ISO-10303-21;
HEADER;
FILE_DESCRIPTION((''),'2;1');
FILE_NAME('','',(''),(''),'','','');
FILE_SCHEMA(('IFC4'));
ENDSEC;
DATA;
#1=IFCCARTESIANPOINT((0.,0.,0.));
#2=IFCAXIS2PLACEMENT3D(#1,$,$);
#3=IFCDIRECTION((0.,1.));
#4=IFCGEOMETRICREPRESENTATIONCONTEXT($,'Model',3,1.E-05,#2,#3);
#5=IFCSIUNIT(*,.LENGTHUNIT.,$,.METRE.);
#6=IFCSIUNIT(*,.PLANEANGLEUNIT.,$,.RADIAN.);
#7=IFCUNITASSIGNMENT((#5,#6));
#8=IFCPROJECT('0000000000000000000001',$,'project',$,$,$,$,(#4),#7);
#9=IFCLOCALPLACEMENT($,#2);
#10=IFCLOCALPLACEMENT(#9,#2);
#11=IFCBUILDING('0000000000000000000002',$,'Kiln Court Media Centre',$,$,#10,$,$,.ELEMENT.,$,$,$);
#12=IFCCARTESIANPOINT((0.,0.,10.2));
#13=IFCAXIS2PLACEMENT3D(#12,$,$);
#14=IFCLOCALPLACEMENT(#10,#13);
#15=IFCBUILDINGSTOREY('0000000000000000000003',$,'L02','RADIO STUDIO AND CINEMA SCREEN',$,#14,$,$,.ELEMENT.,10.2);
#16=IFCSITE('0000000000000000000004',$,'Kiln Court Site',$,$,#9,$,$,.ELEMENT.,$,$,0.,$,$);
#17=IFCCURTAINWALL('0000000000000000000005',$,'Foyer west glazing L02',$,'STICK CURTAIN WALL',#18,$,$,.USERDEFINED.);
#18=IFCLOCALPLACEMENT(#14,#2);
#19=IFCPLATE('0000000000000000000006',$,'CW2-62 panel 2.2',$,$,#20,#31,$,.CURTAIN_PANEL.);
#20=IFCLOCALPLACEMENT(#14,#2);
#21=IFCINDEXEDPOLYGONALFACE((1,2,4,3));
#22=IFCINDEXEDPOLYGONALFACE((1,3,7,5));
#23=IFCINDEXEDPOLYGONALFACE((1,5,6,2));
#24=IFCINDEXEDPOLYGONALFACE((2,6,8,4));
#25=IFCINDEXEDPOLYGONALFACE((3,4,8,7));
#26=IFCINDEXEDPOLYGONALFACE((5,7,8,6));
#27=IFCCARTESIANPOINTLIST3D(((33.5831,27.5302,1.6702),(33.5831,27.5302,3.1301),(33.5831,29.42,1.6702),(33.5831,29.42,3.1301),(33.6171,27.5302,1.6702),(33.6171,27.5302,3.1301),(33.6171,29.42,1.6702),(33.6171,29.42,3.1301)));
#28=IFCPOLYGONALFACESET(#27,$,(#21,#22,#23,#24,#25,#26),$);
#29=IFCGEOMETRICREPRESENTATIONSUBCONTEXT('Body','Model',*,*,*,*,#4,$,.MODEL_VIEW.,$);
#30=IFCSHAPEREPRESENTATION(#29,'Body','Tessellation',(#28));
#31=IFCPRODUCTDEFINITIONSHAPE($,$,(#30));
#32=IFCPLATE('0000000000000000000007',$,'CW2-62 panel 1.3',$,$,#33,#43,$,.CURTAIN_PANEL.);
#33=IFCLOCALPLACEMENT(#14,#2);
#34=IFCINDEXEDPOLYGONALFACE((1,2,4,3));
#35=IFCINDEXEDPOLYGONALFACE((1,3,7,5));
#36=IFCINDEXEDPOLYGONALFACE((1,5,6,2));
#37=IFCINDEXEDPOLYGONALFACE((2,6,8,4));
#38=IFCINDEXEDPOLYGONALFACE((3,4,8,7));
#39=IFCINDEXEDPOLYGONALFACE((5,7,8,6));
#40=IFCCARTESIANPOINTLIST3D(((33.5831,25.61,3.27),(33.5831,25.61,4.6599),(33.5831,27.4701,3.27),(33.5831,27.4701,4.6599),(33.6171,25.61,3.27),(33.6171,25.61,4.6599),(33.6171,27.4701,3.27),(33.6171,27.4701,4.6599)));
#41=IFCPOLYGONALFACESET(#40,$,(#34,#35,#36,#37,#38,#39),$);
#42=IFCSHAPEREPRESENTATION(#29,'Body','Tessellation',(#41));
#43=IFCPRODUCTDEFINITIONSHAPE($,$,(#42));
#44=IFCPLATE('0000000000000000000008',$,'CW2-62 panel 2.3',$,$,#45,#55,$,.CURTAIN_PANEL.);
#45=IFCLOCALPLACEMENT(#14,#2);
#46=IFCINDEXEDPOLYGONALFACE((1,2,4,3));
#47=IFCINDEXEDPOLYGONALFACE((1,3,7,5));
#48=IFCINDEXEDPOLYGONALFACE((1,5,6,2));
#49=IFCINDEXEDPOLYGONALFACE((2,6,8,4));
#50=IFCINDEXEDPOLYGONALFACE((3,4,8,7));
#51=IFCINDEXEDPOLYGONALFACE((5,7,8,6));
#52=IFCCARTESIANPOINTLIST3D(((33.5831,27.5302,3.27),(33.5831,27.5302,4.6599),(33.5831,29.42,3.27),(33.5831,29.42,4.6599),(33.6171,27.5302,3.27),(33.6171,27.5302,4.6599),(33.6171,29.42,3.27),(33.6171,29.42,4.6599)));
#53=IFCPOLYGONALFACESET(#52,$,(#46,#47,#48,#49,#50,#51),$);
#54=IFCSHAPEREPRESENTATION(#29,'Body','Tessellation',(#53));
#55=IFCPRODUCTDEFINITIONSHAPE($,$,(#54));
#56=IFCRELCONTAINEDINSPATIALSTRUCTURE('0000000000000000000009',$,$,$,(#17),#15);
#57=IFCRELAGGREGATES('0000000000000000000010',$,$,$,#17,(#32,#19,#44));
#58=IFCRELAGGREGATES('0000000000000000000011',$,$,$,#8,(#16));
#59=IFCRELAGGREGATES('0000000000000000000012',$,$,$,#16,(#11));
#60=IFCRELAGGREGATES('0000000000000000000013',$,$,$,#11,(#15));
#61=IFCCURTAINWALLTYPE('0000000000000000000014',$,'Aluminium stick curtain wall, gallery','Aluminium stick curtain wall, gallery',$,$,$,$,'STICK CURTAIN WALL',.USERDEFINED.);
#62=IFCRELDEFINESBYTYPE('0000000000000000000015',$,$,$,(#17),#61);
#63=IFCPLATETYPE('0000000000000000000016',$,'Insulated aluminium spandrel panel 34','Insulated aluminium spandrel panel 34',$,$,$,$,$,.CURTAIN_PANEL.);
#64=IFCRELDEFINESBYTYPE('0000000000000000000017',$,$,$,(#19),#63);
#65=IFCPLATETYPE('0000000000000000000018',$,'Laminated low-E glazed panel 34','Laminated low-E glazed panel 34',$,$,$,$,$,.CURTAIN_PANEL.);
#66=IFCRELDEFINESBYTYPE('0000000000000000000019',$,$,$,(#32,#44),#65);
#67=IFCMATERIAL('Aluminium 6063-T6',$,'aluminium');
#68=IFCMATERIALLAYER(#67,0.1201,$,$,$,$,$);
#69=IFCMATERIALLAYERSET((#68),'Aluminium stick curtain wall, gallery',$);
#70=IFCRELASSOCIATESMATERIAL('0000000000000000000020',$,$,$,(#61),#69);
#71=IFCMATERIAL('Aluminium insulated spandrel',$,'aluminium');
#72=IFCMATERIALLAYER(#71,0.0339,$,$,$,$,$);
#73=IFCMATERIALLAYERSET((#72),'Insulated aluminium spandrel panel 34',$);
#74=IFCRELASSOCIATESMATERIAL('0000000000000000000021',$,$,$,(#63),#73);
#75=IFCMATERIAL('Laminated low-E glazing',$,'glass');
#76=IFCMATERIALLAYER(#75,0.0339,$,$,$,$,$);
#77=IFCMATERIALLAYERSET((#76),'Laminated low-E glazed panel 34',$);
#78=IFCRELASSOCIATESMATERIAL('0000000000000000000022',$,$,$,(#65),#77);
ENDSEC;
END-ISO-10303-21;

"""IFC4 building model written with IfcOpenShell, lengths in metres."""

from ifc_helpers import new_model, si_unit, direction, frame, origin, origin_2d, place, context, subcontext, project, spatial, rectangle, extrude, material, layer, layer_set, type_object, element, aggregate, save


model = new_model("IFC4")

# Units and contexts
model_context = context("Model", 3, precision=1e-05, world=origin(), true_north=direction((0.0, 1.0)))
body_context = subcontext(model_context, "Body", "Model", "MODEL_VIEW")
ifc_project = project(units=[si_unit("LENGTHUNIT", "METRE"), si_unit("PLANEANGLEUNIT", "RADIAN")], contexts=[model_context])

# Site, building, storey
site_placement = place(None, origin())
site = spatial("IfcSite", under=ifc_project, at=site_placement, Name="Kiln Court Site", CompositionType="ELEMENT", RefElevation=0.0)
building_placement = place(site_placement, origin())
building = spatial("IfcBuilding", under=site, at=building_placement, Name="Kiln Court Media Centre", CompositionType="ELEMENT")
storey_placement = place(building_placement, frame((0.0, 0.0, 10.2)))
storey = spatial("IfcBuildingStorey", under=building, at=storey_placement, Name="L02", Description="RADIO STUDIO AND CINEMA SCREEN", CompositionType="ELEMENT", Elevation=10.2)

# Curtain wall
ifc_material_1 = material(Name="Aluminium 6063-T6", Category="aluminium")
ifc_layer_1 = layer(ifc_material_1, 0.1201)
ifc_layer_set_1 = layer_set([ifc_layer_1], Name="Aluminium stick curtain wall, gallery")
curtain_wall_type_1 = type_object("IfcCurtainWallType", Name="Aluminium stick curtain wall, gallery", Description="Aluminium stick curtain wall, gallery", ElementType="STICK CURTAIN WALL", PredefinedType="USERDEFINED", material=ifc_layer_set_1)
curtain_wall_1_placement = place(storey_placement, origin())
curtain_wall_1 = element("IfcCurtainWall", 1, at=curtain_wall_1_placement, inside=storey, type_object=curtain_wall_type_1, Name="Foyer west glazing L02", ObjectType="STICK CURTAIN WALL", PredefinedType="USERDEFINED")

# Plates
ifc_material_2 = material(Name="Aluminium insulated spandrel", Category="aluminium")
ifc_layer_2 = layer(ifc_material_2, 0.0339)
ifc_layer_set_2 = layer_set([ifc_layer_2], Name="Insulated aluminium spandrel panel 34")
plate_type_1 = type_object("IfcPlateType", Name="Insulated aluminium spandrel panel 34", Description="Insulated aluminium spandrel panel 34", PredefinedType="CURTAIN_PANEL", material=ifc_layer_set_2)
plate_1_placement = place(storey_placement, frame((33.6001, 28.4751, 1.6702), z_axis=(0.0, 0.0, 1.0), x_axis=(0.0, 1.0, 0.0)))
plate_1 = element("IfcPlate", 2, at=plate_1_placement, type_object=plate_type_1, Name="CW2-62 panel 2.2", PredefinedType="CURTAIN_PANEL", context=body_context, shape_type="SweptSolid", body=[
    extrude(rectangle(XDim=1.8899, YDim=0.0339, at=origin_2d()), origin(), (0.0, 0.0, 1.0), 1.46),
])
ifc_material_3 = material(Name="Laminated low-E glazing", Category="glass")
ifc_layer_3 = layer(ifc_material_3, 0.0339)
ifc_layer_set_3 = layer_set([ifc_layer_3], Name="Laminated low-E glazed panel 34")
plate_type_2 = type_object("IfcPlateType", Name="Laminated low-E glazed panel 34", Description="Laminated low-E glazed panel 34", PredefinedType="CURTAIN_PANEL", material=ifc_layer_set_3)
plate_2_placement = place(storey_placement, frame((33.6001, 26.54, 3.27), z_axis=(0.0, 0.0, 1.0), x_axis=(0.0, 1.0, 0.0)))
plate_2 = element("IfcPlate", 3, at=plate_2_placement, type_object=plate_type_2, Name="CW2-62 panel 1.3", PredefinedType="CURTAIN_PANEL", context=body_context, shape_type="SweptSolid", body=[
    extrude(rectangle(XDim=1.8601, YDim=0.0339, at=origin_2d()), origin(), (0.0, 0.0, 1.0), 1.3899),
])
plate_3_placement = place(storey_placement, frame((33.6001, 28.4751, 3.27), z_axis=(0.0, 0.0, 1.0), x_axis=(0.0, 1.0, 0.0)))
plate_3 = element("IfcPlate", 4, at=plate_3_placement, type_object=plate_type_2, Name="CW2-62 panel 2.3", PredefinedType="CURTAIN_PANEL", context=body_context, shape_type="SweptSolid", body=[
    extrude(rectangle(XDim=1.8899, YDim=0.0339, at=origin_2d()), origin(), (0.0, 0.0, 1.0), 1.3899),
])
aggregate(curtain_wall_1, [plate_2, plate_1, plate_3])

save(model, "model.ifc")
